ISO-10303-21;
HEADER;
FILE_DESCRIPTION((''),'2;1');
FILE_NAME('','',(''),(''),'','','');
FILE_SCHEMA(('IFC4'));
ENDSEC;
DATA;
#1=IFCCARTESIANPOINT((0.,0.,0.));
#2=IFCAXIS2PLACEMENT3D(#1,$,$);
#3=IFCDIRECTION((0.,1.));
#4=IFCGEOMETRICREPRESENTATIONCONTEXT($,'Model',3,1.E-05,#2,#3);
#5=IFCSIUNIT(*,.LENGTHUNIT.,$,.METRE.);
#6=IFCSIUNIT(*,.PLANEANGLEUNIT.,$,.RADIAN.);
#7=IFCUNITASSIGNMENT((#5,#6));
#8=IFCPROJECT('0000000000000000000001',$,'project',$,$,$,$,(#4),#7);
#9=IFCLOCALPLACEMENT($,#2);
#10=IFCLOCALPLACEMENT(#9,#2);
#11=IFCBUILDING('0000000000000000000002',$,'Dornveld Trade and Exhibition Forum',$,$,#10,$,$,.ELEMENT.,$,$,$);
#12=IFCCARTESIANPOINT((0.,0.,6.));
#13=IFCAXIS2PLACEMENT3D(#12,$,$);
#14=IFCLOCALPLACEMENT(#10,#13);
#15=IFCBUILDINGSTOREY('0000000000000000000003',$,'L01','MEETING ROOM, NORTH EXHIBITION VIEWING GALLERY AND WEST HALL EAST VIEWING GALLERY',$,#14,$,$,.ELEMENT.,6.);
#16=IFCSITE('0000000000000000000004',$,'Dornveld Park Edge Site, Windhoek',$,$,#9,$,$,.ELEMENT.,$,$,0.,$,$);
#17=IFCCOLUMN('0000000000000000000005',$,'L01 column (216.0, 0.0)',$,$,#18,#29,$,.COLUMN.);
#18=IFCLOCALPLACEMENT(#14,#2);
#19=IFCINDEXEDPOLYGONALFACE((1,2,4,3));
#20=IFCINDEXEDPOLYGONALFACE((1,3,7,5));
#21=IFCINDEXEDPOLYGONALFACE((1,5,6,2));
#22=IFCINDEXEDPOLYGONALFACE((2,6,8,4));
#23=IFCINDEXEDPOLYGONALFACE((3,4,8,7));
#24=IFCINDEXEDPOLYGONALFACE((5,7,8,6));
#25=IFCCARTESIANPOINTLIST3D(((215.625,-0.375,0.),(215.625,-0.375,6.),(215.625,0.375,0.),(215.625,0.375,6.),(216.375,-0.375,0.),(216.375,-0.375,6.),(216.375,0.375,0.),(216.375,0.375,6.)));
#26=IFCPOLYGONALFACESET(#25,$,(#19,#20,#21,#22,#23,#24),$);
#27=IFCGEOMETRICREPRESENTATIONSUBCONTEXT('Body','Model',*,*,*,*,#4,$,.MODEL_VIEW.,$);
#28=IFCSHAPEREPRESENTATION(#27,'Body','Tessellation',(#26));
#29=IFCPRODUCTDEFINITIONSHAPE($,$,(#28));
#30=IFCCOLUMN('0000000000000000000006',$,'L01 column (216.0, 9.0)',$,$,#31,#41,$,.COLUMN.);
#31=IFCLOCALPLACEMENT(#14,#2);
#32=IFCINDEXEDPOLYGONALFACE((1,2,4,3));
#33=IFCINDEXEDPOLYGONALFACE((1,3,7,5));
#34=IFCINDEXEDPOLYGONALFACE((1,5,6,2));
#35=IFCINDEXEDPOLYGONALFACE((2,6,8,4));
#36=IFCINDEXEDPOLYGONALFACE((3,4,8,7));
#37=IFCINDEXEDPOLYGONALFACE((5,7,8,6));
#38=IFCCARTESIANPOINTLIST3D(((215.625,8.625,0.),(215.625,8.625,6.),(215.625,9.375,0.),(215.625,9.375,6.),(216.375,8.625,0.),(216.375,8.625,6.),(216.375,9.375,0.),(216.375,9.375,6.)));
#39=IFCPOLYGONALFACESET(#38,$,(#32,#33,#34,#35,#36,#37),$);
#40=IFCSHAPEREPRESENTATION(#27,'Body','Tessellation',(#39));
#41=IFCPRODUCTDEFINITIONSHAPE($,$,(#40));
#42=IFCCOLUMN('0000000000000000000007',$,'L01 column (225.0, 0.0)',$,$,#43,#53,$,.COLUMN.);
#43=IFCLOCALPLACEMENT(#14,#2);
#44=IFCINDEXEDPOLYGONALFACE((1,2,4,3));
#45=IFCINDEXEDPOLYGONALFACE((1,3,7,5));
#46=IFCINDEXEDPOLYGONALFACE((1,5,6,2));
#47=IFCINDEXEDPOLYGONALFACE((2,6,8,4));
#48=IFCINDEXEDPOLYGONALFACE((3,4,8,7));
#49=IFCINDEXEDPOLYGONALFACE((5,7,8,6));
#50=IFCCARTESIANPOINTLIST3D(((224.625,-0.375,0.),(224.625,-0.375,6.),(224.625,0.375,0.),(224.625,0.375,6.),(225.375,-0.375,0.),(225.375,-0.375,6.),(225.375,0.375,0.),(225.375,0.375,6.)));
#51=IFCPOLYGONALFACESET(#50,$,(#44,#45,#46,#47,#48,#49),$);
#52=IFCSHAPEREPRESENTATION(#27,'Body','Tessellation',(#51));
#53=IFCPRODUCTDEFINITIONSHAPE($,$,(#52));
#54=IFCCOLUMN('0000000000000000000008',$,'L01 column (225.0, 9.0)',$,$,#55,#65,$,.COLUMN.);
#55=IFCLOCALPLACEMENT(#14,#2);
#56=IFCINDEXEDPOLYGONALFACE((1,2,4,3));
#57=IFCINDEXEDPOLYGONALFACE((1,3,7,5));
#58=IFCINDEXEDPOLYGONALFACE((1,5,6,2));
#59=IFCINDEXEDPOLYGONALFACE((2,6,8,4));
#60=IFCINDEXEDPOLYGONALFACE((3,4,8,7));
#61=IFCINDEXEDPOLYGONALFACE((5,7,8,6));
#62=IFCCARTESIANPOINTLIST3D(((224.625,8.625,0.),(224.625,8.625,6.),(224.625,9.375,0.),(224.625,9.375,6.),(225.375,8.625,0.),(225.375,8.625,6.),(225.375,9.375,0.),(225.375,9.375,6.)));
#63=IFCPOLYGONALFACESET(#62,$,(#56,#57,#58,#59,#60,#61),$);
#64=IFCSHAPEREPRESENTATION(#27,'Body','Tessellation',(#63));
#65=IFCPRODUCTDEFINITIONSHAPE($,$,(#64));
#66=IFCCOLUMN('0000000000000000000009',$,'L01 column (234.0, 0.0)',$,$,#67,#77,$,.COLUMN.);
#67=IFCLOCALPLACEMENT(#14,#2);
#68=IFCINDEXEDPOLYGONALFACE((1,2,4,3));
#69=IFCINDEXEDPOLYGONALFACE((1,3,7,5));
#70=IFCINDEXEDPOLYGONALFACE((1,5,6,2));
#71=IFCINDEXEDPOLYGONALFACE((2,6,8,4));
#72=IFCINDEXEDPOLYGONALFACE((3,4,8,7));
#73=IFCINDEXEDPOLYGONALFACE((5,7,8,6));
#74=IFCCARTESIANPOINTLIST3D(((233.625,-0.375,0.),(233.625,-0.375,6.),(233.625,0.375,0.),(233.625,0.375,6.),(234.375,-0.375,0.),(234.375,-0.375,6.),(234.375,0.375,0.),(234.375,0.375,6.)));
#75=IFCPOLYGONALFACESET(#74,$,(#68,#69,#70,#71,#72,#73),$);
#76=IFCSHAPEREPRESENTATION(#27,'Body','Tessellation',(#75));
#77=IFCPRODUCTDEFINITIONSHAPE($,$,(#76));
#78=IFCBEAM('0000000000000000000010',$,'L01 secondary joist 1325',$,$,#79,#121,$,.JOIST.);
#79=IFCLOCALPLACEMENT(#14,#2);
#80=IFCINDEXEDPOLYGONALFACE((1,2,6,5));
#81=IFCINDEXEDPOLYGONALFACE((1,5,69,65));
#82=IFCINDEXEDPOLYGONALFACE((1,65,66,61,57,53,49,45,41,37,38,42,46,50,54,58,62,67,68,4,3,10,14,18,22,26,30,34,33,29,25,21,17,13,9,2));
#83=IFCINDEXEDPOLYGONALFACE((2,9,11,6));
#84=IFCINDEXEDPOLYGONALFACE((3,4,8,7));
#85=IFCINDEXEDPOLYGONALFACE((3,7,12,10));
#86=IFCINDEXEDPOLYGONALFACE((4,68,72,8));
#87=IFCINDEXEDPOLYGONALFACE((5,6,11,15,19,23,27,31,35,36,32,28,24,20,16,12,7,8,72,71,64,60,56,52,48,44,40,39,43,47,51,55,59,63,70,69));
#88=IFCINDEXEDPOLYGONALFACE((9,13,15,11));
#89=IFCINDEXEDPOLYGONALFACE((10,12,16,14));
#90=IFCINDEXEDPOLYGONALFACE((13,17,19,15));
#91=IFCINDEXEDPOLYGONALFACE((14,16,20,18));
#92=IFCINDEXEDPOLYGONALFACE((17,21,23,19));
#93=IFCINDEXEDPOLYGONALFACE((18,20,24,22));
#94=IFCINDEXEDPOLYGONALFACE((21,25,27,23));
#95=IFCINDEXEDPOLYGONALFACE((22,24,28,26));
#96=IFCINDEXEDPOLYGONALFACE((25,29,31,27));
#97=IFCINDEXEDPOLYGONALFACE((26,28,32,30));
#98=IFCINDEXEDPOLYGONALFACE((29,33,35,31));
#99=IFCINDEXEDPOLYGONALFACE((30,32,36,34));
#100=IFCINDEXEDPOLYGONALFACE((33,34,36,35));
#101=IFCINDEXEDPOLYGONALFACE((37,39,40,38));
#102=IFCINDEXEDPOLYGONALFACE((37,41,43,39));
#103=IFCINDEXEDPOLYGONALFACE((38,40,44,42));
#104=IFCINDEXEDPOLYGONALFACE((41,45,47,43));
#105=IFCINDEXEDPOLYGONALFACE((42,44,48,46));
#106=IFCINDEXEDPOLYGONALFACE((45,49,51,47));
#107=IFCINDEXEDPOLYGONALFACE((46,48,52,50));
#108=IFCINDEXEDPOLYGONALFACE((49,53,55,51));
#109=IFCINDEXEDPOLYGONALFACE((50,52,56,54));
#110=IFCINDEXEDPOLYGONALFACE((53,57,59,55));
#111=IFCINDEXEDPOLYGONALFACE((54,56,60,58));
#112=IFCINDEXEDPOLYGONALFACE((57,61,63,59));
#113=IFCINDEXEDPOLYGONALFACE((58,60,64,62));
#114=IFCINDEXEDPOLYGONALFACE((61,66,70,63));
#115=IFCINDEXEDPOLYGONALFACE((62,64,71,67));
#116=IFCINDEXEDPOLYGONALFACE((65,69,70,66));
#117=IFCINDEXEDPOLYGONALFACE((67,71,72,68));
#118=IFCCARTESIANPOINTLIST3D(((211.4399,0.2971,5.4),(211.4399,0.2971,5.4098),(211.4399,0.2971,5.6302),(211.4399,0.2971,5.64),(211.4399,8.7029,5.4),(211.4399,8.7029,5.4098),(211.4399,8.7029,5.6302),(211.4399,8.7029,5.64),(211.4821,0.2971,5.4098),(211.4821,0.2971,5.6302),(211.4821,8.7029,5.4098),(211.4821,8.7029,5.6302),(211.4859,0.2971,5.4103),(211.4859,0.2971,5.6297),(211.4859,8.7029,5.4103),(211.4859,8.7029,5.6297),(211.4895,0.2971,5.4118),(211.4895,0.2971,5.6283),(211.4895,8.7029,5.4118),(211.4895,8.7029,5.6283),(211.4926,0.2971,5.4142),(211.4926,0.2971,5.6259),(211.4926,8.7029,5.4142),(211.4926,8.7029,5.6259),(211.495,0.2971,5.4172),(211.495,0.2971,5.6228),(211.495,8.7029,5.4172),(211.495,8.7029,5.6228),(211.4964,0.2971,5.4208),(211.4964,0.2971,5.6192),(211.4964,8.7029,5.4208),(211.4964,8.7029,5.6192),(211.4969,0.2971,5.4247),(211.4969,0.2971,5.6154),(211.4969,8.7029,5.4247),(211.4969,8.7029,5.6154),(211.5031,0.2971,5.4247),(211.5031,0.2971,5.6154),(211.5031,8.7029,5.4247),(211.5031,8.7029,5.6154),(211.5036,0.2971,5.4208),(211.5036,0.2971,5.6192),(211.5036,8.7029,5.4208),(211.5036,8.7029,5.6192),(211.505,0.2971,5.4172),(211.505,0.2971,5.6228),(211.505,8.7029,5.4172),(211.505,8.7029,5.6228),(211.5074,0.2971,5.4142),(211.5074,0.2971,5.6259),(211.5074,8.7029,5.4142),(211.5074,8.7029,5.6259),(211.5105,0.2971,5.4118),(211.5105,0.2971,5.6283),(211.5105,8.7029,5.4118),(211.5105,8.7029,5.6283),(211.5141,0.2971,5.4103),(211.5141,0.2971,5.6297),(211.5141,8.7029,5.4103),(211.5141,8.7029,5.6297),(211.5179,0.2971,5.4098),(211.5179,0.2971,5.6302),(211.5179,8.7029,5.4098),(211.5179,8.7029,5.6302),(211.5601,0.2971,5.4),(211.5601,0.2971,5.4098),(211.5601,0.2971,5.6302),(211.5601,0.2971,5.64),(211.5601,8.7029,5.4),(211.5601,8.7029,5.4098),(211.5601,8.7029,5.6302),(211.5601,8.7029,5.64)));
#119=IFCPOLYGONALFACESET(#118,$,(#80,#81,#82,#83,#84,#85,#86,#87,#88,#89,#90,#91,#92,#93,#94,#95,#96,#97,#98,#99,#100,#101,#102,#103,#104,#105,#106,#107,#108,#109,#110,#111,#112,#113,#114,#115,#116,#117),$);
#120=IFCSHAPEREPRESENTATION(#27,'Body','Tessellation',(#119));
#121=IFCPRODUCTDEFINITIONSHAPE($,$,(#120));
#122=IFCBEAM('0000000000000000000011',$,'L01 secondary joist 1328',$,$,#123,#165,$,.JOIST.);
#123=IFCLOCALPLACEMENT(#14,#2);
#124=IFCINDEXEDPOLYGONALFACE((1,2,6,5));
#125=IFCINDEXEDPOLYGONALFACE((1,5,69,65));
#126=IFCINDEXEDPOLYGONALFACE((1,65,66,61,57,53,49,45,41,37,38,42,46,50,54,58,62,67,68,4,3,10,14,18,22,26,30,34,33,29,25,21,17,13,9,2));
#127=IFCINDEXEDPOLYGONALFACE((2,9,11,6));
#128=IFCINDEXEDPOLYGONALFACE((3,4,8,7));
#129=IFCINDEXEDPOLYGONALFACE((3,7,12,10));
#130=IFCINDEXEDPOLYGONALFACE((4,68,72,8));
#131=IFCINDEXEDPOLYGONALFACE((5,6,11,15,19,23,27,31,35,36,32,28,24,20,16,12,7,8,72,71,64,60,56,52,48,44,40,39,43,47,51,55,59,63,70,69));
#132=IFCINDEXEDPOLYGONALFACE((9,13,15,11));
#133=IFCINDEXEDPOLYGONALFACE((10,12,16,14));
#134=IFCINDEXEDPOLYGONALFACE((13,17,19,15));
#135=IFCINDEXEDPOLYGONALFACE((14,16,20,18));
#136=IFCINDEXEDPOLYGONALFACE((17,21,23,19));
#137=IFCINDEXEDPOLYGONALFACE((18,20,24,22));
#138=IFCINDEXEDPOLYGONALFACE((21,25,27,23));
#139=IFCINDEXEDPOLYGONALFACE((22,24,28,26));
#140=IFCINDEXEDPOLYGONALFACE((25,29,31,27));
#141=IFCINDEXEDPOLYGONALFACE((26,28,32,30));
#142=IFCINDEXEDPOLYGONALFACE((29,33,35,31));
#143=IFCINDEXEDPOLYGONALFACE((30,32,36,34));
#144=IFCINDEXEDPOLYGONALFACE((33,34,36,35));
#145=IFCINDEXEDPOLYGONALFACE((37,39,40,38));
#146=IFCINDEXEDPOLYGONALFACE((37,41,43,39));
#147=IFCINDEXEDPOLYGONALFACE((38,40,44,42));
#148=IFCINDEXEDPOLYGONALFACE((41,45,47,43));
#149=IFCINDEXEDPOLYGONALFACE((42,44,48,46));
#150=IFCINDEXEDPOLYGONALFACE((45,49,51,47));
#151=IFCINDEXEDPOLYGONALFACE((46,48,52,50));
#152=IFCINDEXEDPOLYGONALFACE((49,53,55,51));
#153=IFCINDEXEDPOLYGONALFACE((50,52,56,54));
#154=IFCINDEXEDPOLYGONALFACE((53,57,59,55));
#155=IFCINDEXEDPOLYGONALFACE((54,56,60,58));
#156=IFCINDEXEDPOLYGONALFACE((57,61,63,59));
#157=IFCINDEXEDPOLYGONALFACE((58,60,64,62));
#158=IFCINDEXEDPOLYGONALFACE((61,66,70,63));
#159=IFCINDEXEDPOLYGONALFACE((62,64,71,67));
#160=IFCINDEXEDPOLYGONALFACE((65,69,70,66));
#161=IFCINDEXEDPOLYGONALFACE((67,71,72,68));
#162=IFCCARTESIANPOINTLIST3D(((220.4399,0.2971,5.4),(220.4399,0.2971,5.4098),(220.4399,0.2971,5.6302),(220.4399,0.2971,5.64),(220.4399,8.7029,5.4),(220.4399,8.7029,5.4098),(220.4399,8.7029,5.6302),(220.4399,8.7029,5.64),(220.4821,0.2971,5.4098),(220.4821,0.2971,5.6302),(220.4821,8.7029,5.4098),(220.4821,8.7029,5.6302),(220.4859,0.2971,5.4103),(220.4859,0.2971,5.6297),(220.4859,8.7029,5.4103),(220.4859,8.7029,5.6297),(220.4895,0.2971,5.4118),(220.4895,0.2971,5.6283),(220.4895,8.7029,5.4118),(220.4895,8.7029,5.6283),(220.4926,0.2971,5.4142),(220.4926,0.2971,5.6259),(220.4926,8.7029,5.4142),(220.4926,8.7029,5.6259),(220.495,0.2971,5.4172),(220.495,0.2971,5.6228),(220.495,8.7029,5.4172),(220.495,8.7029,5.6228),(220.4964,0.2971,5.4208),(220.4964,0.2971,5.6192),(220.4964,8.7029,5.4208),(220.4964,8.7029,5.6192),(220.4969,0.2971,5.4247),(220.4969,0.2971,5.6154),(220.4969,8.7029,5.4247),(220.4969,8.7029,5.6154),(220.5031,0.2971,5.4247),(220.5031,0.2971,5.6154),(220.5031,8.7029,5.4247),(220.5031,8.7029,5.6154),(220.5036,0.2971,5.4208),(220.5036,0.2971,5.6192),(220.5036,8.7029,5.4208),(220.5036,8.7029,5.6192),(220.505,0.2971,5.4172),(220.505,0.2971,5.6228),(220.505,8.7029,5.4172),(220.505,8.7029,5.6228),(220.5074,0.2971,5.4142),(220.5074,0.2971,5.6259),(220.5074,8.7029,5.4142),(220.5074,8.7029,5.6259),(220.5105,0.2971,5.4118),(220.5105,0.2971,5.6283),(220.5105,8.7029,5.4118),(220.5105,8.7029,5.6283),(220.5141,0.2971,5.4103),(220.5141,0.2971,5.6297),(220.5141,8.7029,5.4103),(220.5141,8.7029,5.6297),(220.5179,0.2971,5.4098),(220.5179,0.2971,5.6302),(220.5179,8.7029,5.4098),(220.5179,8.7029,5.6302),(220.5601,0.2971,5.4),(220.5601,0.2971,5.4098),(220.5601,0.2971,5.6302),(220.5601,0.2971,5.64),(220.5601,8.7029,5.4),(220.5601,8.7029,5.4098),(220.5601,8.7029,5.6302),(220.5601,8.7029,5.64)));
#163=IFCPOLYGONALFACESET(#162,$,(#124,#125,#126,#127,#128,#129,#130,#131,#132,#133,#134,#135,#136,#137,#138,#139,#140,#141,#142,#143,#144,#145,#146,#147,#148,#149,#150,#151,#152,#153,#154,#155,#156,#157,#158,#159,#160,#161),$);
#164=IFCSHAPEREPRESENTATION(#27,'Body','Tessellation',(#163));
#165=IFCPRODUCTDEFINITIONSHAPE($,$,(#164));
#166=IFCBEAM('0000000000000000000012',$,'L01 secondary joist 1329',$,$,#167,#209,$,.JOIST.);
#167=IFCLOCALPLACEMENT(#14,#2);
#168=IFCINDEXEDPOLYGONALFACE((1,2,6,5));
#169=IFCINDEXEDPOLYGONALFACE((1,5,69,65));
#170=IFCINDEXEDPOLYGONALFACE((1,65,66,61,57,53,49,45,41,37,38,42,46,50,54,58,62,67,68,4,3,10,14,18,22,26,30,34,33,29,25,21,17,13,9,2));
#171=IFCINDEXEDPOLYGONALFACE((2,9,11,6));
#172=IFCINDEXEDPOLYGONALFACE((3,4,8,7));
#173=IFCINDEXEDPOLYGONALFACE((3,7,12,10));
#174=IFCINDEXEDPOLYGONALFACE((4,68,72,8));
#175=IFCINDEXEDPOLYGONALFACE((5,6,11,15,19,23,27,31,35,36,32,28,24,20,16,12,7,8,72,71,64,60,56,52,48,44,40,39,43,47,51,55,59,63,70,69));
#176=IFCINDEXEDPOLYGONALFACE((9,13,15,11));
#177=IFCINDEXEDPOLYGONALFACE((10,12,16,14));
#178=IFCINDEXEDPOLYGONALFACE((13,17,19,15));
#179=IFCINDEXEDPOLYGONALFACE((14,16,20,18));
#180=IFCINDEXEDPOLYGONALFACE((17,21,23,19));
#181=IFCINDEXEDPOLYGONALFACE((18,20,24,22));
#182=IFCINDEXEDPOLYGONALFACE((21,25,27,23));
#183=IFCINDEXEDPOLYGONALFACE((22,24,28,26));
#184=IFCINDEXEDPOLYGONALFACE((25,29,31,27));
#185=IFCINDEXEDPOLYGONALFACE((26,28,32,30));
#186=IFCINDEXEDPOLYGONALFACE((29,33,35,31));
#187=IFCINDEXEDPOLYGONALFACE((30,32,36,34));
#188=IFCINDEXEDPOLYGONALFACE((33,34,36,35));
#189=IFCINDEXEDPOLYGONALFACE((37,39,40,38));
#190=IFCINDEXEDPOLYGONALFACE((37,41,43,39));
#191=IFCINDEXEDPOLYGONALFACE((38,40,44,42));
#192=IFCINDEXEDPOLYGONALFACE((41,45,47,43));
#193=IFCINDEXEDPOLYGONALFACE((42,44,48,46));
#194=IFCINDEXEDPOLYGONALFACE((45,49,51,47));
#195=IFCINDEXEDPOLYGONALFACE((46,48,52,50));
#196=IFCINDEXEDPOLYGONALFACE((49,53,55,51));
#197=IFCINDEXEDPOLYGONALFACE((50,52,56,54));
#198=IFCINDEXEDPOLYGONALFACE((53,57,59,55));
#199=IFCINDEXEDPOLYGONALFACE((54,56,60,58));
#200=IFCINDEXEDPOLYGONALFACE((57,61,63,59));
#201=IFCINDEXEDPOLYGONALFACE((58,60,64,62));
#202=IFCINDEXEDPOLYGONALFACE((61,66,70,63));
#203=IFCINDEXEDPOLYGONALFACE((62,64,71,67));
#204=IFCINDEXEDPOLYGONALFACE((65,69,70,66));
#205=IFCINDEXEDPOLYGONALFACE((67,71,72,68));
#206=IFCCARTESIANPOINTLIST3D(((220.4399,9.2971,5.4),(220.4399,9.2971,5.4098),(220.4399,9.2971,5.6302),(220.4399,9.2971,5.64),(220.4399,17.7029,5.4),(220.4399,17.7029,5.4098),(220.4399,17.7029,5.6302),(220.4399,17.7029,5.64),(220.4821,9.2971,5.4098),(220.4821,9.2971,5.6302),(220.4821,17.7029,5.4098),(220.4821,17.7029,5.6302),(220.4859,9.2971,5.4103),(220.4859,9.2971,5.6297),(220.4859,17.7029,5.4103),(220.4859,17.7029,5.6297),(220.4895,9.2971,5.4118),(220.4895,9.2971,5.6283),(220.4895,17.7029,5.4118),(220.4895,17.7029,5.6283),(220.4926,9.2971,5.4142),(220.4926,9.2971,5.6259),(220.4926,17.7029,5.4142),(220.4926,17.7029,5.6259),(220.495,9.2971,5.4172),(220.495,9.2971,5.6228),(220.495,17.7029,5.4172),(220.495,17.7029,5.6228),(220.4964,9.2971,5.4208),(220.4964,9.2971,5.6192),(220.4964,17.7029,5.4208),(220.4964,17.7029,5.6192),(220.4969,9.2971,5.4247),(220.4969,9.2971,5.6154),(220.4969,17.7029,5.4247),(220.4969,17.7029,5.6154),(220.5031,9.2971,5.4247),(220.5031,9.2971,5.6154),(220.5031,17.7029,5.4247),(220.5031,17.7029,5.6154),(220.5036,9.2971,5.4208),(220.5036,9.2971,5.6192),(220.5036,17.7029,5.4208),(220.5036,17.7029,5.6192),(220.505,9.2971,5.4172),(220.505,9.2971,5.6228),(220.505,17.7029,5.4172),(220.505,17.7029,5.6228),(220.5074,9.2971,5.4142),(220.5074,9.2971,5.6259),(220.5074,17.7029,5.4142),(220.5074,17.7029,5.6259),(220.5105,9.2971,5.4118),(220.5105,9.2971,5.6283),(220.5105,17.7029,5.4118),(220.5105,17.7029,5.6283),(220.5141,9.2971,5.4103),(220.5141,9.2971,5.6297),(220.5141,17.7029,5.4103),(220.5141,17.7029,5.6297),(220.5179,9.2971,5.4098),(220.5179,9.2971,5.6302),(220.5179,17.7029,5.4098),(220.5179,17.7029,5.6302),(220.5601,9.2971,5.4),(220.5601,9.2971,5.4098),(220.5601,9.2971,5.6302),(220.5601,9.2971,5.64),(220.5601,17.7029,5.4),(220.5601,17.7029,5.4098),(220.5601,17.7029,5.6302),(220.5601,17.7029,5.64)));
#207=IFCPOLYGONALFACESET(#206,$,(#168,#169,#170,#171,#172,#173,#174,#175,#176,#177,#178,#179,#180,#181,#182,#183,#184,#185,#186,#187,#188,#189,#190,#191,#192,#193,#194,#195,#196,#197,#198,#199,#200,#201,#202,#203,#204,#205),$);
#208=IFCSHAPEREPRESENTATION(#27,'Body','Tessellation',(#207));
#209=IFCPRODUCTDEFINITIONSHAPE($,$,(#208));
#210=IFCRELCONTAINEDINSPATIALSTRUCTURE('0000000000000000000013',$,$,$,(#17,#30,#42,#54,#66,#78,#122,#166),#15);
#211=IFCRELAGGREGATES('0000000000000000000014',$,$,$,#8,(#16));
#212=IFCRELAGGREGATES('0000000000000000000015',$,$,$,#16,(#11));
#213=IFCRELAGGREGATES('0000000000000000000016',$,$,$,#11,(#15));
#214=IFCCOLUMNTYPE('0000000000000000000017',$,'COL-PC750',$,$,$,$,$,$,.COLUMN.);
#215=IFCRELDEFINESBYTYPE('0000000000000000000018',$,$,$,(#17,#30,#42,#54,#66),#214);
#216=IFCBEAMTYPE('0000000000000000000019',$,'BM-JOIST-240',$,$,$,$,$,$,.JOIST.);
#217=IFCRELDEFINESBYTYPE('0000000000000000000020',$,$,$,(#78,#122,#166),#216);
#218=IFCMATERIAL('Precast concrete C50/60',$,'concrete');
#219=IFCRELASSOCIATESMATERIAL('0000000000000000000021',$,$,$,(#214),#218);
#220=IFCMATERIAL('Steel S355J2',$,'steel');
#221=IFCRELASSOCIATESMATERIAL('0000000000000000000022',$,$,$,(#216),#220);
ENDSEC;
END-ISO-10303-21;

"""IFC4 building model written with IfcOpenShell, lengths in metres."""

from ifc_helpers import new_model, si_unit, direction, frame, origin, origin_2d, place, context, subcontext, project, spatial, rectangle, i_section, extrude, material, material_profile, profile_set, type_object, element, save


model = new_model("IFC4")

# Units and contexts
model_context = context("Model", 3, precision=1e-05, world=origin(), true_north=direction((0.0, 1.0)))
body_context = subcontext(model_context, "Body", "Model", "MODEL_VIEW")
ifc_project = project(units=[si_unit("LENGTHUNIT", "METRE"), si_unit("PLANEANGLEUNIT", "RADIAN")], contexts=[model_context])

# Site, building, storey
site_placement = place(None, origin())
site = spatial("IfcSite", under=ifc_project, at=site_placement, Name="Dornveld Park Edge Site, Windhoek", CompositionType="ELEMENT", RefElevation=0.0)
building_placement = place(site_placement, origin())
building = spatial("IfcBuilding", under=site, at=building_placement, Name="Dornveld Trade and Exhibition Forum", CompositionType="ELEMENT")
storey_placement = place(building_placement, frame((0.0, 0.0, 6.0)))
storey = spatial("IfcBuildingStorey", under=building, at=storey_placement, Name="L01", Description="MEETING ROOM, NORTH EXHIBITION VIEWING GALLERY AND WEST HALL EAST VIEWING GALLERY", CompositionType="ELEMENT", Elevation=6.0)

# Columns
ifc_material_1 = material(Name="Precast concrete C50/60", Category="concrete")
ifc_material_profile_1 = material_profile(ifc_material_1, rectangle(XDim=0.75, YDim=0.75, at=origin_2d()), Name="PC-COL 750x750")
ifc_profile_set_1 = profile_set([ifc_material_profile_1], Name="Precast concrete C50/60")
column_type = type_object("IfcColumnType", Name="COL-PC750", PredefinedType="COLUMN", material=ifc_profile_set_1)
for number, where, z_axis, x_axis, name in (
    (1, (216.0, 0.0, 0.0), (0.0, 0.0, 1.0), (1.0, 0.0, 0.0), "L01 column (216.0, 0.0)"),
    (2, (216.0, 9.0, 0.0), (0.0, 0.0, 1.0), (1.0, 0.0, 0.0), "L01 column (216.0, 9.0)"),
    (3, (225.0, 0.0, 0.0), (0.0, 0.0, 1.0), (1.0, 0.0, 0.0), "L01 column (225.0, 0.0)"),
    (4, (225.0, 9.0, 0.0), (0.0, 0.0, 1.0), (1.0, 0.0, 0.0), "L01 column (225.0, 9.0)"),
    (5, (234.0, 0.0, 0.0), (0.0, 0.0, 1.0), (1.0, 0.0, 0.0), "L01 column (234.0, 0.0)"),
):
    element("IfcColumn", number, at=place(storey_placement, frame(where, z_axis=z_axis, x_axis=x_axis)), inside=storey, type_object=column_type, Name=name, PredefinedType="COLUMN", context=body_context, shape_type="SweptSolid", body=[
        extrude(rectangle(XDim=0.75, YDim=0.75, at=origin_2d()), origin(), (0.0, 0.0, 1.0), 6.0),
    ])

# Beams
ifc_material_2 = material(Name="Steel S355J2", Category="steel")
ifc_material_profile_2 = material_profile(ifc_material_2, i_section(OverallWidth=0.1201, OverallDepth=0.24, WebThickness=0.0061, FlangeThickness=0.0098, FilletRadius=0.0149, at=origin_2d()), Name="IPE 240")
ifc_profile_set_2 = profile_set([ifc_material_profile_2], Name="Steel S355J2")
beam_type_1 = type_object("IfcBeamType", Name="BM-JOIST-240", PredefinedType="JOIST", material=ifc_profile_set_2)
for number, where, z_axis, x_axis, name in (
    (6, (211.5, 0.2971, 5.52), (0.0, 1.0, 0.0), (-1.0, 0.0, 0.0), "L01 secondary joist 1325"),
    (7, (220.5, 0.2971, 5.52), (0.0, 1.0, 0.0), (-1.0, 0.0, 0.0), "L01 secondary joist 1328"),
    (8, (220.5, 9.2971, 5.52), (0.0, 1.0, 0.0), (-1.0, 0.0, 0.0), "L01 secondary joist 1329"),
):
    element("IfcBeam", number, at=place(storey_placement, frame(where, z_axis=z_axis, x_axis=x_axis)), inside=storey, type_object=beam_type_1, Name=name, PredefinedType="JOIST", context=body_context, shape_type="SweptSolid", body=[
        extrude(i_section(OverallWidth=0.1201, OverallDepth=0.24, WebThickness=0.0061, FlangeThickness=0.0098, FilletRadius=0.0149, at=origin_2d()), origin(), (0.0, 0.0, 1.0), 8.4058),
    ])

save(model, "model.ifc")
